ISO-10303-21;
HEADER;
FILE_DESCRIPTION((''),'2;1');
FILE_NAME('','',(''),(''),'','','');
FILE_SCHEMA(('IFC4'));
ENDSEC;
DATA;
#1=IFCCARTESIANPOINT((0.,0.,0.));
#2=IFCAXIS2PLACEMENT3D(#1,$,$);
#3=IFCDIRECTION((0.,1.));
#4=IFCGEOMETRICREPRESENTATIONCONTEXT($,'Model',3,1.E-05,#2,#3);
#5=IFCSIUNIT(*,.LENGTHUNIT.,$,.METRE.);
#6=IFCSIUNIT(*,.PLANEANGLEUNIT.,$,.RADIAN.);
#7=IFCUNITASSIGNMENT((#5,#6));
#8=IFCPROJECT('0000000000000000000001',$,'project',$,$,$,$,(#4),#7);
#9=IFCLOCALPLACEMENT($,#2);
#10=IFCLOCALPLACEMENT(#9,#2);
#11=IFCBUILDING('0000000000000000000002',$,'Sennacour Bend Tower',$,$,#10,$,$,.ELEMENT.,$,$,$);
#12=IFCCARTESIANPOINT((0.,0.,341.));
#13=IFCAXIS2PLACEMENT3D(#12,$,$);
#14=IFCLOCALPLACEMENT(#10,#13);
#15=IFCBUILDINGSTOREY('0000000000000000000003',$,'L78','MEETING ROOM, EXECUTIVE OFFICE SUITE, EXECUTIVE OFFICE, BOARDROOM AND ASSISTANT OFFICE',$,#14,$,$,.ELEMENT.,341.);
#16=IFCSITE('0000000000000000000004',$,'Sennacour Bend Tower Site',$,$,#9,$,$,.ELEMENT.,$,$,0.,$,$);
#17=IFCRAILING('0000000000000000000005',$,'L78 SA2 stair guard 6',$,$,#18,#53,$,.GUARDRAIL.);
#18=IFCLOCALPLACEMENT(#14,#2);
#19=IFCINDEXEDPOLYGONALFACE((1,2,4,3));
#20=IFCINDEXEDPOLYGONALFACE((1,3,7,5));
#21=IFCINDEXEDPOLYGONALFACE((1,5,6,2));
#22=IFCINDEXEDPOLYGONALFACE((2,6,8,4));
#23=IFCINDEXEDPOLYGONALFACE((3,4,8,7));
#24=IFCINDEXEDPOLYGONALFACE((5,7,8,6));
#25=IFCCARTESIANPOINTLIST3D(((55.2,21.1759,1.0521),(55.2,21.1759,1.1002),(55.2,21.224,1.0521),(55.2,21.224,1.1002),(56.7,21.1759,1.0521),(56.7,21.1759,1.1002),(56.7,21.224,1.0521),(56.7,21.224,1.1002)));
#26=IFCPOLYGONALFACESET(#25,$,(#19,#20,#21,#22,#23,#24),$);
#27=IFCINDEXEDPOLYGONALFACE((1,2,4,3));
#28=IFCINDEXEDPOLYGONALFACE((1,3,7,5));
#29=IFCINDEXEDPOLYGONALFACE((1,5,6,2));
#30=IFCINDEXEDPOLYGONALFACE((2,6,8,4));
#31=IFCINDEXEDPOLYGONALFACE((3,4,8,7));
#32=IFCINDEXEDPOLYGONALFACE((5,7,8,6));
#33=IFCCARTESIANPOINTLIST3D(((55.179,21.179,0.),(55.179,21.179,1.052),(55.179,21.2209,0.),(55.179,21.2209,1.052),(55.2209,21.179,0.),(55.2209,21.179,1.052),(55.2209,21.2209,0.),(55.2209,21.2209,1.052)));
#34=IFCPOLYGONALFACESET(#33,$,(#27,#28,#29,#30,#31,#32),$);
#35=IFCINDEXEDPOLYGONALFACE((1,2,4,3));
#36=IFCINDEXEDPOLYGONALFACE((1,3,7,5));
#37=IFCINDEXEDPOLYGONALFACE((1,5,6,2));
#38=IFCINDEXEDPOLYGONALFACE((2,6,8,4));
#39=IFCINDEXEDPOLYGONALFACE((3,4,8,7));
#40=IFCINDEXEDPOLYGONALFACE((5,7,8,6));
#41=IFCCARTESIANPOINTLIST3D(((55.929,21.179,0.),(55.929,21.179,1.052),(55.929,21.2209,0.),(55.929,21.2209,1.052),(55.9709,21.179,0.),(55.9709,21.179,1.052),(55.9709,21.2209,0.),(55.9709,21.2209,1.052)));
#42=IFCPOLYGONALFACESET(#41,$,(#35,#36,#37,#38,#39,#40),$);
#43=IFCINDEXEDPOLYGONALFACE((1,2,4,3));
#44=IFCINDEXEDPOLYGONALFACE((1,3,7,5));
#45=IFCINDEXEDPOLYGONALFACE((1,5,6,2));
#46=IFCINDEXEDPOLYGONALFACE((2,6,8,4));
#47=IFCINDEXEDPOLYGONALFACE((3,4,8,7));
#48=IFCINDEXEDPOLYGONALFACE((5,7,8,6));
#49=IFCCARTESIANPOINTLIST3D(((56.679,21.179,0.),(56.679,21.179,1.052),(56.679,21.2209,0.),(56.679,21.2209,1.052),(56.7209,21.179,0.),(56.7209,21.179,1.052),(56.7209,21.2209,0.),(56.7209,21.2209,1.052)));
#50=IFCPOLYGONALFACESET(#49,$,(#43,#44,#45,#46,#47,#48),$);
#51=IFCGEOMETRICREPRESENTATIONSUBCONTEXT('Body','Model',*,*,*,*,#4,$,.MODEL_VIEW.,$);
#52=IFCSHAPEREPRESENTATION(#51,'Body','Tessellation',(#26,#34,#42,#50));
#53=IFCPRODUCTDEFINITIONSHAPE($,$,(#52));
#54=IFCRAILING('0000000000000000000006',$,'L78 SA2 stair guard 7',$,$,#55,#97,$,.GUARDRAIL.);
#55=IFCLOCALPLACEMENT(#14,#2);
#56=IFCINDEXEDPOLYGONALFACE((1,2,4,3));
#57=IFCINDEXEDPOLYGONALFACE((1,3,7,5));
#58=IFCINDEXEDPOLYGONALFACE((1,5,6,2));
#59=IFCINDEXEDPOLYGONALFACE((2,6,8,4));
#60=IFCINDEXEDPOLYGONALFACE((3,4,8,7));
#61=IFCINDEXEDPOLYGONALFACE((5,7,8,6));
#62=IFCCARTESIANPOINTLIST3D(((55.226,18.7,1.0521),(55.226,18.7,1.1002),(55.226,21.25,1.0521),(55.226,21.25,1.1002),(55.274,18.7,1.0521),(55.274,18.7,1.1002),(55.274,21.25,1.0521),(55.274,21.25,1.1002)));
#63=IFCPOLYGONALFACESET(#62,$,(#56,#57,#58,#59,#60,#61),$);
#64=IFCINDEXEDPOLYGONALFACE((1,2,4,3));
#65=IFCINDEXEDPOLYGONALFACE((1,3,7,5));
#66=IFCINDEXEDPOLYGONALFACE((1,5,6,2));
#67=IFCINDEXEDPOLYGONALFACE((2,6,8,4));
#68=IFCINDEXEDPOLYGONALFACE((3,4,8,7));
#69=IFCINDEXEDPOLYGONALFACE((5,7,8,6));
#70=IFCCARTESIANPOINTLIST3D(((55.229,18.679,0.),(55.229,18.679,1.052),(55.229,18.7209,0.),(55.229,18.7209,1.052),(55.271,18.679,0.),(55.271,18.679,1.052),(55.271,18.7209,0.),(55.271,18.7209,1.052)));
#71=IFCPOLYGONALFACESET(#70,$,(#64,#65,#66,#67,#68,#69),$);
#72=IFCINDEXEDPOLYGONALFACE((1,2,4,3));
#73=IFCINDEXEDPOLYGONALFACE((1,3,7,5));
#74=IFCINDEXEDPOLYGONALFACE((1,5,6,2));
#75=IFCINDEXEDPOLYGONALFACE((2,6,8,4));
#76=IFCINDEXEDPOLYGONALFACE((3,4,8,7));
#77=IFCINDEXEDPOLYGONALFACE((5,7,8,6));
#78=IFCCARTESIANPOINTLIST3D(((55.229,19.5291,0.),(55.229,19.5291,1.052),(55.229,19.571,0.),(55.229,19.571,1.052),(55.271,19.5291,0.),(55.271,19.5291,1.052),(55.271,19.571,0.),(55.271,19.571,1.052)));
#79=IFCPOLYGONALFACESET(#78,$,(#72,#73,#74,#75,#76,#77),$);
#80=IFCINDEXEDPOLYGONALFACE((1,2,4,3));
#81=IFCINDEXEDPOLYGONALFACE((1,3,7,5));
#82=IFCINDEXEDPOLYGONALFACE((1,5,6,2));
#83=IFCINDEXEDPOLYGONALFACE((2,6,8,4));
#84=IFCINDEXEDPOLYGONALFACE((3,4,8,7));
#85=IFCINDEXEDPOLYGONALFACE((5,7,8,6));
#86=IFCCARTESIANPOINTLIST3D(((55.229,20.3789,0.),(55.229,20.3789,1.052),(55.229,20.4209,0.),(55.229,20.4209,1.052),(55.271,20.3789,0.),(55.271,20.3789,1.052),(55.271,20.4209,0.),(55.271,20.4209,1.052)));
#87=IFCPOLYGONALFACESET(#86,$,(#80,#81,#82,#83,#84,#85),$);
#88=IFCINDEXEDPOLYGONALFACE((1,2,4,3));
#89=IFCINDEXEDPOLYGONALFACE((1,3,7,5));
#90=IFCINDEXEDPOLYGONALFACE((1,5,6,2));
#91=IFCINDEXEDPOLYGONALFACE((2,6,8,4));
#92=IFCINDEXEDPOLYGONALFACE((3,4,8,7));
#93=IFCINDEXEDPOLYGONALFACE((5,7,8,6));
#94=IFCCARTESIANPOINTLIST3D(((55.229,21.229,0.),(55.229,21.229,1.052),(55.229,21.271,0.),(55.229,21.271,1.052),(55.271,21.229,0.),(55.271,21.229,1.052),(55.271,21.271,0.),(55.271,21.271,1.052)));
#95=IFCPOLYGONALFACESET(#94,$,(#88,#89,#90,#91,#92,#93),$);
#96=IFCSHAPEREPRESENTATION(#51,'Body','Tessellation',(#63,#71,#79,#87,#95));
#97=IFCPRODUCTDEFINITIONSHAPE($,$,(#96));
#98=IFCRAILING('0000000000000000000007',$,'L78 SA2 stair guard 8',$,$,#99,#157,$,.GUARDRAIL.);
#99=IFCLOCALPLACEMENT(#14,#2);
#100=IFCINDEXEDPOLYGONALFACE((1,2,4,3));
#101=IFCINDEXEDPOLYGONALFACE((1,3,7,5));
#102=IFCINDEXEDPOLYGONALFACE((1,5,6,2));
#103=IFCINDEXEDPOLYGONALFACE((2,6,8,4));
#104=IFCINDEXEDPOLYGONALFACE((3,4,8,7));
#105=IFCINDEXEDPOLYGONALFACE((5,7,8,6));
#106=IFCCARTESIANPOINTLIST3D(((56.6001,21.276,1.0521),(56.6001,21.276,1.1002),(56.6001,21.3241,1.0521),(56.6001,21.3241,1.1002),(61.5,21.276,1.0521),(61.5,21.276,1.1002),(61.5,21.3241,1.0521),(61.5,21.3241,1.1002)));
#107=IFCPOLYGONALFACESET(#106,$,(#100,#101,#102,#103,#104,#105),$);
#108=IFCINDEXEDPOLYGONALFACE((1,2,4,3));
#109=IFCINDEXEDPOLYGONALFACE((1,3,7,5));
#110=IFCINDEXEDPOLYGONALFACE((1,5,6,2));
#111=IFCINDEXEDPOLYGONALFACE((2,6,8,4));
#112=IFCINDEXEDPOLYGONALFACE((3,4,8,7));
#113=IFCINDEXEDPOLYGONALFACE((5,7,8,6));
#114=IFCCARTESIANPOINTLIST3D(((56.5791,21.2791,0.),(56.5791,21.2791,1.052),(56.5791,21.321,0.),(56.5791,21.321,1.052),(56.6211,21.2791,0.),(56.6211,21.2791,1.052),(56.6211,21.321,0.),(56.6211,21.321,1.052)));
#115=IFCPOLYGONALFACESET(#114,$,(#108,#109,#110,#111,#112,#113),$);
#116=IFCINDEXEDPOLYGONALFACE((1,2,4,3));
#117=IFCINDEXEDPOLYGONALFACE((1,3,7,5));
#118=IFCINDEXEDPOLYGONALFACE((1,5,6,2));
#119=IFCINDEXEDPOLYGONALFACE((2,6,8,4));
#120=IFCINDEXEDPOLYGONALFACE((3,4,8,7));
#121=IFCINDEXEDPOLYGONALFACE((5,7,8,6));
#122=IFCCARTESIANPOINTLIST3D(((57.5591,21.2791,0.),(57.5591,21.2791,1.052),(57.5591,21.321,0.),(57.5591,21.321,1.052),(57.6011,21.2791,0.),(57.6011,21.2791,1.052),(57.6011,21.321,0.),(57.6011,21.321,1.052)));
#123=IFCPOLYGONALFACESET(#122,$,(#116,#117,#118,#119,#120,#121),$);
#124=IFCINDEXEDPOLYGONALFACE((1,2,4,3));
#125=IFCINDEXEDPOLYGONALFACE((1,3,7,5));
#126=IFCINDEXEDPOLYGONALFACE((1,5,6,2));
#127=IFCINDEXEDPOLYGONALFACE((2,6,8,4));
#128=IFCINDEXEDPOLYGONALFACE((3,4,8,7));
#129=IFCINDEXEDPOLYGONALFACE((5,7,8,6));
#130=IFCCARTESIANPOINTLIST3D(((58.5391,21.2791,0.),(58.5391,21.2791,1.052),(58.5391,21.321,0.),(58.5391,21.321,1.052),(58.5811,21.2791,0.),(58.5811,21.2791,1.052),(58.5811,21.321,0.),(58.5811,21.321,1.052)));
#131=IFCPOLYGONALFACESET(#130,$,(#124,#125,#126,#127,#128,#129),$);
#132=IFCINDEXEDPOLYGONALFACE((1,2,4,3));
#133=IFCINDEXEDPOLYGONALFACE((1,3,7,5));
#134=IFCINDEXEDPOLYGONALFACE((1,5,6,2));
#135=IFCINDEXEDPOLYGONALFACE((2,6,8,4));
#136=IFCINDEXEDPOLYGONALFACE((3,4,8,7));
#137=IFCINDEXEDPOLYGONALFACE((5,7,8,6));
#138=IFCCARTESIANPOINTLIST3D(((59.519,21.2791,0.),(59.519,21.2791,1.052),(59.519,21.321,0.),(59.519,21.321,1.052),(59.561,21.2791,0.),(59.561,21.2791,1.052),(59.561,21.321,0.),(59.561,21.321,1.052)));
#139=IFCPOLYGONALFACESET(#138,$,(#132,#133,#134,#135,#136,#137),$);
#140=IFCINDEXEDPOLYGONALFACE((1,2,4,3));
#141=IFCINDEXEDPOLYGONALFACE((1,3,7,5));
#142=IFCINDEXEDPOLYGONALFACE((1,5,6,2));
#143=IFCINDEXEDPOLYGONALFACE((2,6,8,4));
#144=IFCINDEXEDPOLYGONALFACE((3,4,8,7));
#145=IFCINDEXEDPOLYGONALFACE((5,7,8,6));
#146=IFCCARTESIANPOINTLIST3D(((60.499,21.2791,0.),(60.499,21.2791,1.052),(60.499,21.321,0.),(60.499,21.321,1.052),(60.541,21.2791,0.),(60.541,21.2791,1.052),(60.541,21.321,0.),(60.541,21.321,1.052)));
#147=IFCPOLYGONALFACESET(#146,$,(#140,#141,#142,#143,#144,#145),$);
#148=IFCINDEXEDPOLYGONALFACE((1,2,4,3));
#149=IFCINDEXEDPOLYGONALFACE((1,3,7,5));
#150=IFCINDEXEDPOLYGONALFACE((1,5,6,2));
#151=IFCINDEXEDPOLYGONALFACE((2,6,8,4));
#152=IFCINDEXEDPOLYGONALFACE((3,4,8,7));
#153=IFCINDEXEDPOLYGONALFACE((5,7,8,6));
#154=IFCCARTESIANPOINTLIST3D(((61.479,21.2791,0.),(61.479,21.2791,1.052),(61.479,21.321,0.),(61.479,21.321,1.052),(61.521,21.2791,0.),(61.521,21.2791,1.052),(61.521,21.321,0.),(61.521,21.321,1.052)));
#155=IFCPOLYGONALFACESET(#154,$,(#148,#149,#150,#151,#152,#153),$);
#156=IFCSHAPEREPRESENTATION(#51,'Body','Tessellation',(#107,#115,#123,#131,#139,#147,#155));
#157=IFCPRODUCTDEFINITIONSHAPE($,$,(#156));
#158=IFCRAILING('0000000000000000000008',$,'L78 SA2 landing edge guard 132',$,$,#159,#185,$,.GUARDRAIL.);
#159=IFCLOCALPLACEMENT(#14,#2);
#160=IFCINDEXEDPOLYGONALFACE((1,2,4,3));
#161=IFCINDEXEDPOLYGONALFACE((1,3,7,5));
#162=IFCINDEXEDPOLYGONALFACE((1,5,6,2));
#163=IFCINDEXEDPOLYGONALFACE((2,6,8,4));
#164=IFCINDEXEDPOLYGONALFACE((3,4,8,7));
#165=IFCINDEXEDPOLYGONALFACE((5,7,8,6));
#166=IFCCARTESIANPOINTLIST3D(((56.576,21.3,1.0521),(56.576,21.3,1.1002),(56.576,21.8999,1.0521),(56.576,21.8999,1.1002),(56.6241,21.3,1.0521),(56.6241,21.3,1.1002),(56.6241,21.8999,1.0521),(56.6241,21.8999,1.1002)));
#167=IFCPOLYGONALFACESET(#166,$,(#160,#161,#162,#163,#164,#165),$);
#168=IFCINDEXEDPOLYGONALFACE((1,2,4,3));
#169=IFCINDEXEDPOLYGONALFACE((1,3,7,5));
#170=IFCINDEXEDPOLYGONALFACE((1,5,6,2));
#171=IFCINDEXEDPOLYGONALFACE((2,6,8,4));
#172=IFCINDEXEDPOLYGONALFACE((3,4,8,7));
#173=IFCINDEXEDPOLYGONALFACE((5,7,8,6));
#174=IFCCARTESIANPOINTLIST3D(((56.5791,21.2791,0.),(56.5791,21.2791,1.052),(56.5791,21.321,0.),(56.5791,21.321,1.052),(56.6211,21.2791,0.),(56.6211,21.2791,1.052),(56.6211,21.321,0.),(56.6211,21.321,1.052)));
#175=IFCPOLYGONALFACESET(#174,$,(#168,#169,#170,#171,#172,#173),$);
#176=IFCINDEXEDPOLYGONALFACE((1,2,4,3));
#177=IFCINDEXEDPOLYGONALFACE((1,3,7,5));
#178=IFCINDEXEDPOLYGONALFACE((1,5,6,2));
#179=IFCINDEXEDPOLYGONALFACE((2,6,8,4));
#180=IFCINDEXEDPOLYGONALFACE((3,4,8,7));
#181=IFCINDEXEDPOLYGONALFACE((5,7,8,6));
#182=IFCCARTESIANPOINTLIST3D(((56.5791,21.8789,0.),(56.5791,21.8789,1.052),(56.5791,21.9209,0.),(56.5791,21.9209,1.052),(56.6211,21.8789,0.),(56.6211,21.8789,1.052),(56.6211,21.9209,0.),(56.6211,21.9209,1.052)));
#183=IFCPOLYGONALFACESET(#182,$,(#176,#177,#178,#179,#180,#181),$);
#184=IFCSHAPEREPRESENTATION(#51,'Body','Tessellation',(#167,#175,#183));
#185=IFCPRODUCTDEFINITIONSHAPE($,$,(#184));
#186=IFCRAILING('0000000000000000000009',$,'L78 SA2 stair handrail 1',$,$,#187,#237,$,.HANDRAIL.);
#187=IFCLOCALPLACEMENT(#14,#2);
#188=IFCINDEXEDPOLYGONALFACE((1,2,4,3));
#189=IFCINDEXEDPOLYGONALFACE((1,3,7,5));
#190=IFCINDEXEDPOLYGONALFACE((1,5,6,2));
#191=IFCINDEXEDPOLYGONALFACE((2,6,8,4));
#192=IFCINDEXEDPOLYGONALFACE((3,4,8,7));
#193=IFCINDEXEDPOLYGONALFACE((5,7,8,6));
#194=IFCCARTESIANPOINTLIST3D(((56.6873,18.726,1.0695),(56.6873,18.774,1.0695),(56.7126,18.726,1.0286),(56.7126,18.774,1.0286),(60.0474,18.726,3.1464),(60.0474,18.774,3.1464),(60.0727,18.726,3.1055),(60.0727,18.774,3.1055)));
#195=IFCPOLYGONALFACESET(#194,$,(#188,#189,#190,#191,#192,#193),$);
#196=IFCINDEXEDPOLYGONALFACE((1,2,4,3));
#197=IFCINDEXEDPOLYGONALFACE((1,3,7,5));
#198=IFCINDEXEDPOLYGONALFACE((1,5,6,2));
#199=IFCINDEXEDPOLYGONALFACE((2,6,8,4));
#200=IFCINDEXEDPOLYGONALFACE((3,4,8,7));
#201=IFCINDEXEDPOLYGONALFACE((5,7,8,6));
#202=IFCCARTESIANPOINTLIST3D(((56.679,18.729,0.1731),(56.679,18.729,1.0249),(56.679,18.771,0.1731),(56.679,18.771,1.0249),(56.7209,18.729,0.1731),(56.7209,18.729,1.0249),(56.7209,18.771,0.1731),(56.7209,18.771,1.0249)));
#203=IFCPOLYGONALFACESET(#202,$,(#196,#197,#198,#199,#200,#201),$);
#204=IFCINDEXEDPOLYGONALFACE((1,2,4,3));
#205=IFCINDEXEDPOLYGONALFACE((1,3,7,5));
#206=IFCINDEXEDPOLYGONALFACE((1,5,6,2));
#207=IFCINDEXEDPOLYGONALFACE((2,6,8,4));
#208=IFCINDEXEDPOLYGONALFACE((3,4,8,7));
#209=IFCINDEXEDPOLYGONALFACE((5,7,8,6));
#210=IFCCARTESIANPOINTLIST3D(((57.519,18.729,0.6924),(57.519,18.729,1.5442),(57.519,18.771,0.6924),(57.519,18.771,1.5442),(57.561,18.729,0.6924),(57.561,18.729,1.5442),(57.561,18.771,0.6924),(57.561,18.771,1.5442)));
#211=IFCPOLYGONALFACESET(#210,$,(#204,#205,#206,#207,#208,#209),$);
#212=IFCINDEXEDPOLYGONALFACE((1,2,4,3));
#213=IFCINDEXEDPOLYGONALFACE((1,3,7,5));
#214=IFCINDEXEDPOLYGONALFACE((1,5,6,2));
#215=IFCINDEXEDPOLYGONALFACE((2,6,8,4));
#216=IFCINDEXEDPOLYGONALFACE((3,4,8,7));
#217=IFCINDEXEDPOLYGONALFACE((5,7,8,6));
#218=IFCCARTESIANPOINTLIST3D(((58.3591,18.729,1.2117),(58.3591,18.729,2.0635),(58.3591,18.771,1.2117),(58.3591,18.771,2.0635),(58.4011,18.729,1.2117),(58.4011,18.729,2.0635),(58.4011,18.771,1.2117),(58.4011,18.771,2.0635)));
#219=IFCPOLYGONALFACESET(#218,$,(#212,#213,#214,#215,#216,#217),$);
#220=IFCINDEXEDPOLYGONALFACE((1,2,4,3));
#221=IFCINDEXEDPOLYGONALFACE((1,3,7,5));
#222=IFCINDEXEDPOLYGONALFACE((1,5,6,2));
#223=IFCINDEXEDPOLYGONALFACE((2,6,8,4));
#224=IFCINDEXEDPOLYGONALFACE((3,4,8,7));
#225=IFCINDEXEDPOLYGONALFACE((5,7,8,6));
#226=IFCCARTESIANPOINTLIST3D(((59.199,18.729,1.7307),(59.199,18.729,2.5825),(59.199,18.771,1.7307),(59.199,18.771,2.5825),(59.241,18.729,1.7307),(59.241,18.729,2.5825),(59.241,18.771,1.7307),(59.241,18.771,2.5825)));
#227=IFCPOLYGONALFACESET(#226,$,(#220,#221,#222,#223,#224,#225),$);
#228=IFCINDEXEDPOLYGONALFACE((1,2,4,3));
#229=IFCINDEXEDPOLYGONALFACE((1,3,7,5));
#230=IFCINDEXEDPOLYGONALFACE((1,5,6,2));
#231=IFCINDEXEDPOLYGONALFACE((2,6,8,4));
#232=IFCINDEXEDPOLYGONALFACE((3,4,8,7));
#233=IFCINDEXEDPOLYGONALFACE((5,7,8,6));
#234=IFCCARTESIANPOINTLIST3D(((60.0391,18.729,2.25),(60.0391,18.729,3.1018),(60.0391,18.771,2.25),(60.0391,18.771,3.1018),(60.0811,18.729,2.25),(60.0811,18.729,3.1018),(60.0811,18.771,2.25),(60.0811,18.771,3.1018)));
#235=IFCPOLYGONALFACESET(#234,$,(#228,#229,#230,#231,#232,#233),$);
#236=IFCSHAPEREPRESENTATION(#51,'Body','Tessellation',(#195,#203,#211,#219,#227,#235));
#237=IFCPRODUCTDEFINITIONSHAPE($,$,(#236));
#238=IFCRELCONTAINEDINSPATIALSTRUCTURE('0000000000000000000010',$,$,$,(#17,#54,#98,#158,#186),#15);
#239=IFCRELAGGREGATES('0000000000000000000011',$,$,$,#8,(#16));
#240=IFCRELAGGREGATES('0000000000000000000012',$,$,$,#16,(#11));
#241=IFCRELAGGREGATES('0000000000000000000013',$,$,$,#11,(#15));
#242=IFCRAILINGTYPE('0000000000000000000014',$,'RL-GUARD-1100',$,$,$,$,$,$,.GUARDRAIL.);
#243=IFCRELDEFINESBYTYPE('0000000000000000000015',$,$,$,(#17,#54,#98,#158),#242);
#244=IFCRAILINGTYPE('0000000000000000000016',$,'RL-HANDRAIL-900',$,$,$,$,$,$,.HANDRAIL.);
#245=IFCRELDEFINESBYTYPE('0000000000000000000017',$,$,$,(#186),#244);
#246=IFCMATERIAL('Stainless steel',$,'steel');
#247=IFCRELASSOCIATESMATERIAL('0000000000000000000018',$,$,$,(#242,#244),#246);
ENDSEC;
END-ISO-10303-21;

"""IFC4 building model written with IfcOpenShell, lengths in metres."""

from ifc_helpers import new_model, si_unit, direction, frame, origin, origin_2d, place, context, subcontext, project, spatial, rectangle, extrude, material, type_object, element, save


model = new_model("IFC4")

# Units and contexts
model_context = context("Model", 3, precision=1e-05, world=origin(), true_north=direction((0.0, 1.0)))
body_context = subcontext(model_context, "Body", "Model", "MODEL_VIEW")
ifc_project = project(units=[si_unit("LENGTHUNIT", "METRE"), si_unit("PLANEANGLEUNIT", "RADIAN")], contexts=[model_context])

# Site, building, storey
site_placement = place(None, origin())
site = spatial("IfcSite", under=ifc_project, at=site_placement, Name="Sennacour Bend Tower Site", CompositionType="ELEMENT", RefElevation=0.0)
building_placement = place(site_placement, origin())
building = spatial("IfcBuilding", under=site, at=building_placement, Name="Sennacour Bend Tower", CompositionType="ELEMENT")
storey_placement = place(building_placement, frame((0.0, 0.0, 341.0)))
storey = spatial("IfcBuildingStorey", under=building, at=storey_placement, Name="L78", Description="MEETING ROOM, EXECUTIVE OFFICE SUITE, EXECUTIVE OFFICE, BOARDROOM AND ASSISTANT OFFICE", CompositionType="ELEMENT", Elevation=341.0)

# Shared definitions
ifc_material_1 = material(Name="Stainless steel", Category="steel")

# Railings
railing_type_1 = type_object("IfcRailingType", Name="RL-GUARD-1100", PredefinedType="GUARDRAIL", material=ifc_material_1)
railing_1_placement = place(storey_placement, frame((55.2, 21.2, 0.0)))
element("IfcRailing", 1, at=railing_1_placement, inside=storey, type_object=railing_type_1, Name="L78 SA2 stair guard 6", PredefinedType="GUARDRAIL", context=body_context, shape_type="SweptSolid", body=[
    extrude(rectangle(XDim=0.0481, YDim=0.0481, at=origin_2d()), frame((0.0, 0.0, 1.0762), z_axis=(1.0, 0.0, 0.0), x_axis=(0.0, 1.0, 0.0)), (0.0, 0.0, 1.0), 1.5),
    extrude(rectangle(XDim=0.042, YDim=0.042, at=origin_2d()), origin(), (0.0, 0.0, 1.0), 1.052),
    extrude(rectangle(XDim=0.042, YDim=0.042, at=origin_2d()), frame((0.75, 0.0, 0.0)), (0.0, 0.0, 1.0), 1.052),
    extrude(rectangle(XDim=0.042, YDim=0.042, at=origin_2d()), frame((1.5, 0.0, 0.0)), (0.0, 0.0, 1.0), 1.052),
])
railing_2_placement = place(storey_placement, frame((55.25, 18.7, 0.0)))
element("IfcRailing", 2, at=railing_2_placement, inside=storey, type_object=railing_type_1, Name="L78 SA2 stair guard 7", PredefinedType="GUARDRAIL", context=body_context, shape_type="SweptSolid", body=[
    extrude(rectangle(XDim=0.0481, YDim=0.0481, at=origin_2d()), frame((0.0, 0.0, 1.0762), z_axis=(0.0, 1.0, 0.0), x_axis=(-1.0, 0.0, 0.0)), (0.0, 0.0, 1.0), 2.55),
    extrude(rectangle(XDim=0.042, YDim=0.042, at=origin_2d()), origin(), (0.0, 0.0, 1.0), 1.052),
    extrude(rectangle(XDim=0.042, YDim=0.042, at=origin_2d()), frame((0.0, 0.8501, 0.0)), (0.0, 0.0, 1.0), 1.052),
    extrude(rectangle(XDim=0.042, YDim=0.042, at=origin_2d()), frame((0.0, 1.7, 0.0)), (0.0, 0.0, 1.0), 1.052),
    extrude(rectangle(XDim=0.042, YDim=0.042, at=origin_2d()), frame((0.0, 2.55, 0.0)), (0.0, 0.0, 1.0), 1.052),
])
railing_3_placement = place(storey_placement, frame((56.6001, 21.3, 0.0)))
element("IfcRailing", 3, at=railing_3_placement, inside=storey, type_object=railing_type_1, Name="L78 SA2 stair guard 8", PredefinedType="GUARDRAIL", context=body_context, shape_type="SweptSolid", body=[
    extrude(rectangle(XDim=0.0481, YDim=0.0481, at=origin_2d()), frame((0.0, 0.0, 1.0762), z_axis=(1.0, 0.0, 0.0), x_axis=(0.0, 1.0, 0.0)), (0.0, 0.0, 1.0), 4.8999),
    extrude(rectangle(XDim=0.042, YDim=0.042, at=origin_2d()), origin(), (0.0, 0.0, 1.0), 1.052),
    extrude(rectangle(XDim=0.042, YDim=0.042, at=origin_2d()), frame((0.98, 0.0, 0.0)), (0.0, 0.0, 1.0), 1.052),
    extrude(rectangle(XDim=0.042, YDim=0.042, at=origin_2d()), frame((1.96, 0.0, 0.0)), (0.0, 0.0, 1.0), 1.052),
    extrude(rectangle(XDim=0.042, YDim=0.042, at=origin_2d()), frame((2.9399, 0.0, 0.0)), (0.0, 0.0, 1.0), 1.052),
    extrude(rectangle(XDim=0.042, YDim=0.042, at=origin_2d()), frame((3.9199, 0.0, 0.0)), (0.0, 0.0, 1.0), 1.052),
    extrude(rectangle(XDim=0.042, YDim=0.042, at=origin_2d()), frame((4.8999, 0.0, 0.0)), (0.0, 0.0, 1.0), 1.052),
])
railing_4_placement = place(storey_placement, frame((56.6001, 21.3, 0.0)))
element("IfcRailing", 4, at=railing_4_placement, inside=storey, type_object=railing_type_1, Name="L78 SA2 landing edge guard 132", PredefinedType="GUARDRAIL", context=body_context, shape_type="SweptSolid", body=[
    extrude(rectangle(XDim=0.0481, YDim=0.0481, at=origin_2d()), frame((0.0, 0.0, 1.0762), z_axis=(0.0, 1.0, 0.0), x_axis=(-1.0, 0.0, 0.0)), (0.0, 0.0, 1.0), 0.5999),
    extrude(rectangle(XDim=0.042, YDim=0.042, at=origin_2d()), origin(), (0.0, 0.0, 1.0), 1.052),
    extrude(rectangle(XDim=0.042, YDim=0.042, at=origin_2d()), frame((0.0, 0.5999, 0.0)), (0.0, 0.0, 1.0), 1.052),
])
railing_type_2 = type_object("IfcRailingType", Name="RL-HANDRAIL-900", PredefinedType="HANDRAIL", material=ifc_material_1)
railing_5_placement = place(storey_placement, frame((56.7, 18.75, 0.1731)))
element("IfcRailing", 5, at=railing_5_placement, inside=storey, type_object=railing_type_2, Name="L78 SA2 stair handrail 1", PredefinedType="HANDRAIL", context=body_context, shape_type="SweptSolid", body=[
    extrude(rectangle(XDim=0.0481, YDim=0.0481, at=origin_2d()), frame((0.0, 0.0, 0.876), z_axis=(0.850623, 0.0, 0.525776), x_axis=(0.0, 1.0, 0.0)), (0.0, 0.0, 1.0), 3.9502),
    extrude(rectangle(XDim=0.042, YDim=0.042, at=origin_2d()), origin(), (0.0, 0.0, 1.0), 0.8518),
    extrude(rectangle(XDim=0.042, YDim=0.042, at=origin_2d()), frame((0.8401, 0.0, 0.5193)), (0.0, 0.0, 1.0), 0.8518),
    extrude(rectangle(XDim=0.042, YDim=0.042, at=origin_2d()), frame((1.6802, 0.0, 1.0386)), (0.0, 0.0, 1.0), 0.8518),
    extrude(rectangle(XDim=0.042, YDim=0.042, at=origin_2d()), frame((2.52, 0.0, 1.5576)), (0.0, 0.0, 1.0), 0.8518),
    extrude(rectangle(XDim=0.042, YDim=0.042, at=origin_2d()), frame((3.3601, 0.0, 2.0769)), (0.0, 0.0, 1.0), 0.8518),
])

save(model, "model.ifc")
